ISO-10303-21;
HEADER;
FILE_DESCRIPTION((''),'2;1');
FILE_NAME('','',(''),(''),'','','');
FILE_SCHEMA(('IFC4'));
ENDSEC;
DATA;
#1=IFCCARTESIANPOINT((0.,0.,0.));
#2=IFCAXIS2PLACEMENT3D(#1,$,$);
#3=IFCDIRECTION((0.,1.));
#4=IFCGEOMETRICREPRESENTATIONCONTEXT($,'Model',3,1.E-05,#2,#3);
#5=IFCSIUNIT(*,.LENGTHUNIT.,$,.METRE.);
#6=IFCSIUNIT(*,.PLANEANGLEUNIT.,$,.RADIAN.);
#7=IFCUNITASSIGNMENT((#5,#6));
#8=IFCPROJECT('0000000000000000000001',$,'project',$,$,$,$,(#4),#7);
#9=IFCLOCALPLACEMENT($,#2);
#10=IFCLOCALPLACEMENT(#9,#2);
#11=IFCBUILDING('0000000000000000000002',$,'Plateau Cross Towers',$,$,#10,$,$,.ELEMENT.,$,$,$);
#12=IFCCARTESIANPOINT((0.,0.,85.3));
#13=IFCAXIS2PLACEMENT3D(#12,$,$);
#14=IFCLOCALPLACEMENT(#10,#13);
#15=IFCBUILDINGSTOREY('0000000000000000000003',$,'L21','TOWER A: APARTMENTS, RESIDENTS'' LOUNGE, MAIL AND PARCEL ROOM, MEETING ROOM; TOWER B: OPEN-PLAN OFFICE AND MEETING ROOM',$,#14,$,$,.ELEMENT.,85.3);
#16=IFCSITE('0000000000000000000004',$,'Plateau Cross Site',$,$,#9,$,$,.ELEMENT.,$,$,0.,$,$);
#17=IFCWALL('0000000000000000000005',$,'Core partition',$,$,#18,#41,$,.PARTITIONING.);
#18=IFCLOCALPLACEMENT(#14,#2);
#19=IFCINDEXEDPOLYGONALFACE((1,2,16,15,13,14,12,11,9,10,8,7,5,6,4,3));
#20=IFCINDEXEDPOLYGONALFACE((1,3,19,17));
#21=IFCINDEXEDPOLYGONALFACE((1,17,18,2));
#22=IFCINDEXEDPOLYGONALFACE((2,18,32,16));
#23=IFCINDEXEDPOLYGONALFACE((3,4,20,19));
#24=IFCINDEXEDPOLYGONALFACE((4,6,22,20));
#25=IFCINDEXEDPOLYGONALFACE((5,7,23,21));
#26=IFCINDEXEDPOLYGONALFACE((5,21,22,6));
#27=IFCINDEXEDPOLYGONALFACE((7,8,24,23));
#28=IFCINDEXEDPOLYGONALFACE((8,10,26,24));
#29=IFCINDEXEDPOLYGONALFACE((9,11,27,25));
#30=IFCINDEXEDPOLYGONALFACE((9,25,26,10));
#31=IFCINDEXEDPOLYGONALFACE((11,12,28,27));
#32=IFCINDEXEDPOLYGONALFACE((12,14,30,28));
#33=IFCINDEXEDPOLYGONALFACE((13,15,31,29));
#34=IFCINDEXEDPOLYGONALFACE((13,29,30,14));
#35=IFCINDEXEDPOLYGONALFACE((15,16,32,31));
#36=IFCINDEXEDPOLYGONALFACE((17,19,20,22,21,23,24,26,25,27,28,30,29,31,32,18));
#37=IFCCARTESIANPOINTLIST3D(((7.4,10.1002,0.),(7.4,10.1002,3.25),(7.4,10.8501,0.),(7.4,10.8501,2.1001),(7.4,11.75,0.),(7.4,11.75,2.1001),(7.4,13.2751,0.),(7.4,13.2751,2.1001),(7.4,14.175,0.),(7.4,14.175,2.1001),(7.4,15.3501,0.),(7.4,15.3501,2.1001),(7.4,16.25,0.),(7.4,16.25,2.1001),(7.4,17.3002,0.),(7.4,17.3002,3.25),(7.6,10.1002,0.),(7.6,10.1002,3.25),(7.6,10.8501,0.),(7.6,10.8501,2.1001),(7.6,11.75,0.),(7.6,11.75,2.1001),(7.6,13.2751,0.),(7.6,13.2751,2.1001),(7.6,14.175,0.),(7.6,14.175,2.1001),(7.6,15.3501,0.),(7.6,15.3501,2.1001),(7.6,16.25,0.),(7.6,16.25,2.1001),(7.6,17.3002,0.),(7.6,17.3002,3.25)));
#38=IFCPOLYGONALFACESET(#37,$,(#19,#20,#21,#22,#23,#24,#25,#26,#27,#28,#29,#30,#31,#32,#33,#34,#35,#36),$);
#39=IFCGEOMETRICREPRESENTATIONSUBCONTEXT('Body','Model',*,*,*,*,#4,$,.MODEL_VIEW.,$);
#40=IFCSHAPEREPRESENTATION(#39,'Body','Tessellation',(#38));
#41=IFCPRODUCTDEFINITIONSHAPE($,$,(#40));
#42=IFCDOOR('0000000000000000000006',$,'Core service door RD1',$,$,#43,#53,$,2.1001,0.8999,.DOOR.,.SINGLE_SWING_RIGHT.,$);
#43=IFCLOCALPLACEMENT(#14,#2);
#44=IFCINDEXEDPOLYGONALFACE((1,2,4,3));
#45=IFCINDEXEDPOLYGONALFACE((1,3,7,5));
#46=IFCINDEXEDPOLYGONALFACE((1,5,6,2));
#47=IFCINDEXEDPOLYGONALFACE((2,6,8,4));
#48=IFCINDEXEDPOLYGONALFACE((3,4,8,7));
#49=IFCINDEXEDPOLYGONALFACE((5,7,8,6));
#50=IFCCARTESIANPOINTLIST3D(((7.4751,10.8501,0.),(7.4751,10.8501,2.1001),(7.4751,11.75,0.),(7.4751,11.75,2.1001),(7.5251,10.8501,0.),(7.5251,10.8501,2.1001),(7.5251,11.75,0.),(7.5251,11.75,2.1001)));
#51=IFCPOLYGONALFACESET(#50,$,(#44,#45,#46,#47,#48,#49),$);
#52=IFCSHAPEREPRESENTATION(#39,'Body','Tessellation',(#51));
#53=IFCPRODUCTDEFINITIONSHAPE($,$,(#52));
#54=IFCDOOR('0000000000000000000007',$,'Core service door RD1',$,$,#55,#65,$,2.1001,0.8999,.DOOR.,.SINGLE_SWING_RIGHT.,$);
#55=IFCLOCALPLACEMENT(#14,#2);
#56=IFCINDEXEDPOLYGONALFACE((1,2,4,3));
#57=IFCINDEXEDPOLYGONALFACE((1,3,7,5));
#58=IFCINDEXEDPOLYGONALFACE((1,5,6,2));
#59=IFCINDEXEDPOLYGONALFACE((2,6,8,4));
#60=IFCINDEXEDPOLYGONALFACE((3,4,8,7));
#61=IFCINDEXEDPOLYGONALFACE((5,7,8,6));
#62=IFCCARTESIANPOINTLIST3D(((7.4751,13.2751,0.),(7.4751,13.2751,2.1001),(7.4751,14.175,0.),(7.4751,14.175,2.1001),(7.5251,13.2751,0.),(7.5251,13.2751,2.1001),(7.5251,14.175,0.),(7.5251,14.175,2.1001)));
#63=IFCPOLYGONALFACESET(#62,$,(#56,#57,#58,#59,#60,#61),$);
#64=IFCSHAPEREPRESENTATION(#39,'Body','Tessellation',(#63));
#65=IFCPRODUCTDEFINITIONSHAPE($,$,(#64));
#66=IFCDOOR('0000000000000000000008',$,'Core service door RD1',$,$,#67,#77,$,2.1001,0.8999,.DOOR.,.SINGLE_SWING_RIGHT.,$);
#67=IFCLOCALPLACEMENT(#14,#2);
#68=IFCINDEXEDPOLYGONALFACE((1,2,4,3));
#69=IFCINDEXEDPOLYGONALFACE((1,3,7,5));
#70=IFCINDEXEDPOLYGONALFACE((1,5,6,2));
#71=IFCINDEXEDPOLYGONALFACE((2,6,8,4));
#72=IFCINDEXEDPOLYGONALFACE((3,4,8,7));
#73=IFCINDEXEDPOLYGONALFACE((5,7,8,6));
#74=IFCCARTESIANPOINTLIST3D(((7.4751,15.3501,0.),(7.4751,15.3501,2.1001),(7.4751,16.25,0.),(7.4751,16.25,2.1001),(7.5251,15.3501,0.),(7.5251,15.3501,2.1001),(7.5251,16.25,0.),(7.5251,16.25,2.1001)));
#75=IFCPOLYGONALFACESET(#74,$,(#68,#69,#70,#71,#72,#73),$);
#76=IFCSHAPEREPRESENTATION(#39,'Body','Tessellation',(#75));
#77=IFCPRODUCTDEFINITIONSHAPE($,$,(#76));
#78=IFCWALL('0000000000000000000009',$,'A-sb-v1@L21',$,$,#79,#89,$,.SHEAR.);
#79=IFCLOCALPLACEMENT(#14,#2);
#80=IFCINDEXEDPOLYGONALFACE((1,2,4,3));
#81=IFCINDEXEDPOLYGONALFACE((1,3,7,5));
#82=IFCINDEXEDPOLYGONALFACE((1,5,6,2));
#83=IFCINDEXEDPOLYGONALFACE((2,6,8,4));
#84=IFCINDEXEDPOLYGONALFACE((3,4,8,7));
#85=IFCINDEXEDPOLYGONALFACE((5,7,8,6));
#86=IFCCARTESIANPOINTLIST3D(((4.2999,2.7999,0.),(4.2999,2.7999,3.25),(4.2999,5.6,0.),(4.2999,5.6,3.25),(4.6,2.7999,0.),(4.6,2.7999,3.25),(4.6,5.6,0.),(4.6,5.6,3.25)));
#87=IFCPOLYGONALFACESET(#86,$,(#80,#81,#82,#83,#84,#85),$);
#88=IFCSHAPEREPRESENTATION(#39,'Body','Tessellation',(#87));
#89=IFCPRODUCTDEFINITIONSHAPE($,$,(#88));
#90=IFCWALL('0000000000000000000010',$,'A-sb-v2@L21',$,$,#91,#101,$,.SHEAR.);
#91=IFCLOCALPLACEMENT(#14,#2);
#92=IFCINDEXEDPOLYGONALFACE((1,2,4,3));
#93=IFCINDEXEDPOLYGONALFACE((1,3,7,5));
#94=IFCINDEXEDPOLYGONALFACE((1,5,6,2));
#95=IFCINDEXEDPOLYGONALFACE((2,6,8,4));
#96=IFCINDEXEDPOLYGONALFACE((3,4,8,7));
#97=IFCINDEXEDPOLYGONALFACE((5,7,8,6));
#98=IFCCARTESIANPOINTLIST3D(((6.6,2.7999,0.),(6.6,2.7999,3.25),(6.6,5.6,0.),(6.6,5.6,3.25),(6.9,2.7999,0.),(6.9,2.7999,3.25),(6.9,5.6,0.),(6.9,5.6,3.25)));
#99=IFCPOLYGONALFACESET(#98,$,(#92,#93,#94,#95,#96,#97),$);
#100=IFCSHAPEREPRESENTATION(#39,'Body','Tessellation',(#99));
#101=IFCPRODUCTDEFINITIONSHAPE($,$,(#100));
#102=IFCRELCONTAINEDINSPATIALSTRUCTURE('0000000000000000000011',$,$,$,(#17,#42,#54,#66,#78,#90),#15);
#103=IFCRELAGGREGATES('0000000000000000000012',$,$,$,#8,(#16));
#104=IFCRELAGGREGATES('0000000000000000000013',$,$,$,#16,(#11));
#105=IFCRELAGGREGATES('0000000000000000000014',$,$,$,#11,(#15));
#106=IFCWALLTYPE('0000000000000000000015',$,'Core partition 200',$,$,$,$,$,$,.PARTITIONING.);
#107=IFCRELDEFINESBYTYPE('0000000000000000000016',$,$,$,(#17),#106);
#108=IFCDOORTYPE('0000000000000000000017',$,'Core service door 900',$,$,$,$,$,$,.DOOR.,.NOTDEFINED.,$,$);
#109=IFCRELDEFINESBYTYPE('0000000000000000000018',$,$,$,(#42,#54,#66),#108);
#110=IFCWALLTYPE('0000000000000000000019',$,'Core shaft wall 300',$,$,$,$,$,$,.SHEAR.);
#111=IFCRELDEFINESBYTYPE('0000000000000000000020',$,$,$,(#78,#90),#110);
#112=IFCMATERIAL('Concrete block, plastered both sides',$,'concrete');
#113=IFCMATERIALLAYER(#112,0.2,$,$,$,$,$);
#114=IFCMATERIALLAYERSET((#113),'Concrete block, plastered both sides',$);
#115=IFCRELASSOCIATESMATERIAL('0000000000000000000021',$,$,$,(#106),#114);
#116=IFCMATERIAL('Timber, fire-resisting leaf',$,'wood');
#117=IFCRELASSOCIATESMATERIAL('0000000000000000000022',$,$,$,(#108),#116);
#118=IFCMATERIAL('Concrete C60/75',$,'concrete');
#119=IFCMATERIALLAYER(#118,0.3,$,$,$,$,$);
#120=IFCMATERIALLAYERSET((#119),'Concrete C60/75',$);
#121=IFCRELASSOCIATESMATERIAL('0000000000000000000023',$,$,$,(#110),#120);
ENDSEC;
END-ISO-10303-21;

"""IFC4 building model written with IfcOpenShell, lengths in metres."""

from ifc_helpers import new_model, si_unit, direction, frame, frame_2d, origin, place, context, subcontext, project, spatial, rectangle, extrude, material, layer, layer_set, type_object, element, fill, save


model = new_model("IFC4")

# Units and contexts
model_context = context("Model", 3, precision=1e-05, world=origin(), true_north=direction((0.0, 1.0)))
body_context = subcontext(model_context, "Body", "Model", "MODEL_VIEW")
ifc_project = project(units=[si_unit("LENGTHUNIT", "METRE"), si_unit("PLANEANGLEUNIT", "RADIAN")], contexts=[model_context])

# Site, building, storey
site_placement = place(None, origin())
site = spatial("IfcSite", under=ifc_project, at=site_placement, Name="Plateau Cross Site", CompositionType="ELEMENT", RefElevation=0.0)
building_placement = place(site_placement, origin())
building = spatial("IfcBuilding", under=site, at=building_placement, Name="Plateau Cross Towers", CompositionType="ELEMENT")
storey_placement = place(building_placement, frame((0.0, 0.0, 85.3)))
storey = spatial("IfcBuildingStorey", under=building, at=storey_placement, Name="L21", Description="TOWER A: APARTMENTS, RESIDENTS' LOUNGE, MAIL AND PARCEL ROOM, MEETING ROOM; TOWER B: OPEN-PLAN OFFICE AND MEETING ROOM", CompositionType="ELEMENT", Elevation=85.3)

# Shared definitions
ifc_material_1 = material(Name="Concrete block, plastered both sides", Category="concrete")
ifc_layer_1 = layer(ifc_material_1, 0.2)
ifc_layer_set_1 = layer_set([ifc_layer_1], Name="Concrete block, plastered both sides")
wall_type_1 = type_object("IfcWallType", Name="Core partition 200", PredefinedType="PARTITIONING", material=ifc_layer_set_1)

# Wall, openings, doors
wall_1_placement = place(storey_placement, frame((7.5, 10.1001, 0.0), z_axis=(0.0, 0.0, 1.0), x_axis=(0.0, 1.0, 0.0)))
wall_1 = element("IfcWall", 1, at=wall_1_placement, inside=storey, type_object=wall_type_1, Name="Core partition", PredefinedType="PARTITIONING", context=body_context, shape_type="SweptSolid", body=[
    extrude(rectangle(XDim=7.2, YDim=0.2, at=frame_2d((3.6001, 0.0))), origin(), (0.0, 0.0, 1.0), 3.25),
])
opening_1_placement = place(wall_1_placement, frame((0.75, 0.0, 0.0)))
opening_1 = element("IfcOpeningElement", 2, at=opening_1_placement, cuts=wall_1, PredefinedType="OPENING", context=body_context, shape_type="SweptSolid", body=[
    extrude(rectangle(XDim=0.8999, YDim=2.1001, at=frame_2d((0.45, 1.05))), frame((0.0, 0.1099, 0.0), z_axis=(0.0, -1.0, 0.0), x_axis=(1.0, 0.0, 0.0)), (0.0, 0.0, 1.0), 0.22),
])
opening_2_placement = place(wall_1_placement, frame((3.175, 0.0, 0.0)))
opening_2 = element("IfcOpeningElement", 3, at=opening_2_placement, cuts=wall_1, PredefinedType="OPENING", context=body_context, shape_type="SweptSolid", body=[
    extrude(rectangle(XDim=0.8999, YDim=2.1001, at=frame_2d((0.45, 1.05))), frame((0.0, 0.1099, 0.0), z_axis=(0.0, -1.0, 0.0), x_axis=(1.0, 0.0, 0.0)), (0.0, 0.0, 1.0), 0.22),
])
opening_3_placement = place(wall_1_placement, frame((5.25, 0.0, 0.0)))
opening_3 = element("IfcOpeningElement", 4, at=opening_3_placement, cuts=wall_1, PredefinedType="OPENING", context=body_context, shape_type="SweptSolid", body=[
    extrude(rectangle(XDim=0.8999, YDim=2.1001, at=frame_2d((0.45, 1.05))), frame((0.0, 0.1099, 0.0), z_axis=(0.0, -1.0, 0.0), x_axis=(1.0, 0.0, 0.0)), (0.0, 0.0, 1.0), 0.22),
])
ifc_material_2 = material(Name="Timber, fire-resisting leaf", Category="wood")
door_type_1 = type_object("IfcDoorType", Name="Core service door 900", OperationType="NOTDEFINED", PredefinedType="DOOR", material=ifc_material_2)
door_1_placement = place(opening_1_placement, origin())
door_1 = element("IfcDoor", 5, at=door_1_placement, inside=storey, type_object=door_type_1, Name="Core service door RD1", OperationType="SINGLE_SWING_RIGHT", OverallHeight=2.1001, OverallWidth=0.8999, PredefinedType="DOOR", context=body_context, shape_type="SweptSolid", body=[
    extrude(rectangle(XDim=0.8999, YDim=2.1001, at=frame_2d((0.45, 1.05))), frame((0.0, 0.0249, 0.0), z_axis=(0.0, -1.0, 0.0), x_axis=(1.0, 0.0, 0.0)), (0.0, 0.0, 1.0), 0.05),
])
fill(opening_1, door_1)
door_2_placement = place(opening_2_placement, origin())
door_2 = element("IfcDoor", 6, at=door_2_placement, inside=storey, type_object=door_type_1, Name="Core service door RD1", OperationType="SINGLE_SWING_RIGHT", OverallHeight=2.1001, OverallWidth=0.8999, PredefinedType="DOOR", context=body_context, shape_type="SweptSolid", body=[
    extrude(rectangle(XDim=0.8999, YDim=2.1001, at=frame_2d((0.45, 1.05))), frame((0.0, 0.0249, 0.0), z_axis=(0.0, -1.0, 0.0), x_axis=(1.0, 0.0, 0.0)), (0.0, 0.0, 1.0), 0.05),
])
fill(opening_2, door_2)
door_3_placement = place(opening_3_placement, origin())
door_3 = element("IfcDoor", 7, at=door_3_placement, inside=storey, type_object=door_type_1, Name="Core service door RD1", OperationType="SINGLE_SWING_RIGHT", OverallHeight=2.1001, OverallWidth=0.8999, PredefinedType="DOOR", context=body_context, shape_type="SweptSolid", body=[
    extrude(rectangle(XDim=0.8999, YDim=2.1001, at=frame_2d((0.45, 1.05))), frame((0.0, 0.0249, 0.0), z_axis=(0.0, -1.0, 0.0), x_axis=(1.0, 0.0, 0.0)), (0.0, 0.0, 1.0), 0.05),
])
fill(opening_3, door_3)

# Walls
ifc_material_3 = material(Name="Concrete C60/75", Category="concrete")
ifc_layer_2 = layer(ifc_material_3, 0.3)
ifc_layer_set_2 = layer_set([ifc_layer_2], Name="Concrete C60/75")
wall_type_2 = type_object("IfcWallType", Name="Core shaft wall 300", PredefinedType="SHEAR", material=ifc_layer_set_2)
for number, where, z_axis, x_axis, name in (
    (8, (4.45, 2.8, 0.0), (0.0, 0.0, 1.0), (0.0, 1.0, 0.0), "A-sb-v1@L21"),
    (9, (6.75, 2.8, 0.0), (0.0, 0.0, 1.0), (0.0, 1.0, 0.0), "A-sb-v2@L21"),
):
    element("IfcWall", number, at=place(storey_placement, frame(where, z_axis=z_axis, x_axis=x_axis)), inside=storey, type_object=wall_type_2, Name=name, PredefinedType="SHEAR", context=body_context, shape_type="SweptSolid", body=[
        extrude(rectangle(XDim=2.8, YDim=0.3, at=frame_2d((1.3999, 0.0))), origin(), (0.0, 0.0, 1.0), 3.25),
    ])

save(model, "model.ifc")
